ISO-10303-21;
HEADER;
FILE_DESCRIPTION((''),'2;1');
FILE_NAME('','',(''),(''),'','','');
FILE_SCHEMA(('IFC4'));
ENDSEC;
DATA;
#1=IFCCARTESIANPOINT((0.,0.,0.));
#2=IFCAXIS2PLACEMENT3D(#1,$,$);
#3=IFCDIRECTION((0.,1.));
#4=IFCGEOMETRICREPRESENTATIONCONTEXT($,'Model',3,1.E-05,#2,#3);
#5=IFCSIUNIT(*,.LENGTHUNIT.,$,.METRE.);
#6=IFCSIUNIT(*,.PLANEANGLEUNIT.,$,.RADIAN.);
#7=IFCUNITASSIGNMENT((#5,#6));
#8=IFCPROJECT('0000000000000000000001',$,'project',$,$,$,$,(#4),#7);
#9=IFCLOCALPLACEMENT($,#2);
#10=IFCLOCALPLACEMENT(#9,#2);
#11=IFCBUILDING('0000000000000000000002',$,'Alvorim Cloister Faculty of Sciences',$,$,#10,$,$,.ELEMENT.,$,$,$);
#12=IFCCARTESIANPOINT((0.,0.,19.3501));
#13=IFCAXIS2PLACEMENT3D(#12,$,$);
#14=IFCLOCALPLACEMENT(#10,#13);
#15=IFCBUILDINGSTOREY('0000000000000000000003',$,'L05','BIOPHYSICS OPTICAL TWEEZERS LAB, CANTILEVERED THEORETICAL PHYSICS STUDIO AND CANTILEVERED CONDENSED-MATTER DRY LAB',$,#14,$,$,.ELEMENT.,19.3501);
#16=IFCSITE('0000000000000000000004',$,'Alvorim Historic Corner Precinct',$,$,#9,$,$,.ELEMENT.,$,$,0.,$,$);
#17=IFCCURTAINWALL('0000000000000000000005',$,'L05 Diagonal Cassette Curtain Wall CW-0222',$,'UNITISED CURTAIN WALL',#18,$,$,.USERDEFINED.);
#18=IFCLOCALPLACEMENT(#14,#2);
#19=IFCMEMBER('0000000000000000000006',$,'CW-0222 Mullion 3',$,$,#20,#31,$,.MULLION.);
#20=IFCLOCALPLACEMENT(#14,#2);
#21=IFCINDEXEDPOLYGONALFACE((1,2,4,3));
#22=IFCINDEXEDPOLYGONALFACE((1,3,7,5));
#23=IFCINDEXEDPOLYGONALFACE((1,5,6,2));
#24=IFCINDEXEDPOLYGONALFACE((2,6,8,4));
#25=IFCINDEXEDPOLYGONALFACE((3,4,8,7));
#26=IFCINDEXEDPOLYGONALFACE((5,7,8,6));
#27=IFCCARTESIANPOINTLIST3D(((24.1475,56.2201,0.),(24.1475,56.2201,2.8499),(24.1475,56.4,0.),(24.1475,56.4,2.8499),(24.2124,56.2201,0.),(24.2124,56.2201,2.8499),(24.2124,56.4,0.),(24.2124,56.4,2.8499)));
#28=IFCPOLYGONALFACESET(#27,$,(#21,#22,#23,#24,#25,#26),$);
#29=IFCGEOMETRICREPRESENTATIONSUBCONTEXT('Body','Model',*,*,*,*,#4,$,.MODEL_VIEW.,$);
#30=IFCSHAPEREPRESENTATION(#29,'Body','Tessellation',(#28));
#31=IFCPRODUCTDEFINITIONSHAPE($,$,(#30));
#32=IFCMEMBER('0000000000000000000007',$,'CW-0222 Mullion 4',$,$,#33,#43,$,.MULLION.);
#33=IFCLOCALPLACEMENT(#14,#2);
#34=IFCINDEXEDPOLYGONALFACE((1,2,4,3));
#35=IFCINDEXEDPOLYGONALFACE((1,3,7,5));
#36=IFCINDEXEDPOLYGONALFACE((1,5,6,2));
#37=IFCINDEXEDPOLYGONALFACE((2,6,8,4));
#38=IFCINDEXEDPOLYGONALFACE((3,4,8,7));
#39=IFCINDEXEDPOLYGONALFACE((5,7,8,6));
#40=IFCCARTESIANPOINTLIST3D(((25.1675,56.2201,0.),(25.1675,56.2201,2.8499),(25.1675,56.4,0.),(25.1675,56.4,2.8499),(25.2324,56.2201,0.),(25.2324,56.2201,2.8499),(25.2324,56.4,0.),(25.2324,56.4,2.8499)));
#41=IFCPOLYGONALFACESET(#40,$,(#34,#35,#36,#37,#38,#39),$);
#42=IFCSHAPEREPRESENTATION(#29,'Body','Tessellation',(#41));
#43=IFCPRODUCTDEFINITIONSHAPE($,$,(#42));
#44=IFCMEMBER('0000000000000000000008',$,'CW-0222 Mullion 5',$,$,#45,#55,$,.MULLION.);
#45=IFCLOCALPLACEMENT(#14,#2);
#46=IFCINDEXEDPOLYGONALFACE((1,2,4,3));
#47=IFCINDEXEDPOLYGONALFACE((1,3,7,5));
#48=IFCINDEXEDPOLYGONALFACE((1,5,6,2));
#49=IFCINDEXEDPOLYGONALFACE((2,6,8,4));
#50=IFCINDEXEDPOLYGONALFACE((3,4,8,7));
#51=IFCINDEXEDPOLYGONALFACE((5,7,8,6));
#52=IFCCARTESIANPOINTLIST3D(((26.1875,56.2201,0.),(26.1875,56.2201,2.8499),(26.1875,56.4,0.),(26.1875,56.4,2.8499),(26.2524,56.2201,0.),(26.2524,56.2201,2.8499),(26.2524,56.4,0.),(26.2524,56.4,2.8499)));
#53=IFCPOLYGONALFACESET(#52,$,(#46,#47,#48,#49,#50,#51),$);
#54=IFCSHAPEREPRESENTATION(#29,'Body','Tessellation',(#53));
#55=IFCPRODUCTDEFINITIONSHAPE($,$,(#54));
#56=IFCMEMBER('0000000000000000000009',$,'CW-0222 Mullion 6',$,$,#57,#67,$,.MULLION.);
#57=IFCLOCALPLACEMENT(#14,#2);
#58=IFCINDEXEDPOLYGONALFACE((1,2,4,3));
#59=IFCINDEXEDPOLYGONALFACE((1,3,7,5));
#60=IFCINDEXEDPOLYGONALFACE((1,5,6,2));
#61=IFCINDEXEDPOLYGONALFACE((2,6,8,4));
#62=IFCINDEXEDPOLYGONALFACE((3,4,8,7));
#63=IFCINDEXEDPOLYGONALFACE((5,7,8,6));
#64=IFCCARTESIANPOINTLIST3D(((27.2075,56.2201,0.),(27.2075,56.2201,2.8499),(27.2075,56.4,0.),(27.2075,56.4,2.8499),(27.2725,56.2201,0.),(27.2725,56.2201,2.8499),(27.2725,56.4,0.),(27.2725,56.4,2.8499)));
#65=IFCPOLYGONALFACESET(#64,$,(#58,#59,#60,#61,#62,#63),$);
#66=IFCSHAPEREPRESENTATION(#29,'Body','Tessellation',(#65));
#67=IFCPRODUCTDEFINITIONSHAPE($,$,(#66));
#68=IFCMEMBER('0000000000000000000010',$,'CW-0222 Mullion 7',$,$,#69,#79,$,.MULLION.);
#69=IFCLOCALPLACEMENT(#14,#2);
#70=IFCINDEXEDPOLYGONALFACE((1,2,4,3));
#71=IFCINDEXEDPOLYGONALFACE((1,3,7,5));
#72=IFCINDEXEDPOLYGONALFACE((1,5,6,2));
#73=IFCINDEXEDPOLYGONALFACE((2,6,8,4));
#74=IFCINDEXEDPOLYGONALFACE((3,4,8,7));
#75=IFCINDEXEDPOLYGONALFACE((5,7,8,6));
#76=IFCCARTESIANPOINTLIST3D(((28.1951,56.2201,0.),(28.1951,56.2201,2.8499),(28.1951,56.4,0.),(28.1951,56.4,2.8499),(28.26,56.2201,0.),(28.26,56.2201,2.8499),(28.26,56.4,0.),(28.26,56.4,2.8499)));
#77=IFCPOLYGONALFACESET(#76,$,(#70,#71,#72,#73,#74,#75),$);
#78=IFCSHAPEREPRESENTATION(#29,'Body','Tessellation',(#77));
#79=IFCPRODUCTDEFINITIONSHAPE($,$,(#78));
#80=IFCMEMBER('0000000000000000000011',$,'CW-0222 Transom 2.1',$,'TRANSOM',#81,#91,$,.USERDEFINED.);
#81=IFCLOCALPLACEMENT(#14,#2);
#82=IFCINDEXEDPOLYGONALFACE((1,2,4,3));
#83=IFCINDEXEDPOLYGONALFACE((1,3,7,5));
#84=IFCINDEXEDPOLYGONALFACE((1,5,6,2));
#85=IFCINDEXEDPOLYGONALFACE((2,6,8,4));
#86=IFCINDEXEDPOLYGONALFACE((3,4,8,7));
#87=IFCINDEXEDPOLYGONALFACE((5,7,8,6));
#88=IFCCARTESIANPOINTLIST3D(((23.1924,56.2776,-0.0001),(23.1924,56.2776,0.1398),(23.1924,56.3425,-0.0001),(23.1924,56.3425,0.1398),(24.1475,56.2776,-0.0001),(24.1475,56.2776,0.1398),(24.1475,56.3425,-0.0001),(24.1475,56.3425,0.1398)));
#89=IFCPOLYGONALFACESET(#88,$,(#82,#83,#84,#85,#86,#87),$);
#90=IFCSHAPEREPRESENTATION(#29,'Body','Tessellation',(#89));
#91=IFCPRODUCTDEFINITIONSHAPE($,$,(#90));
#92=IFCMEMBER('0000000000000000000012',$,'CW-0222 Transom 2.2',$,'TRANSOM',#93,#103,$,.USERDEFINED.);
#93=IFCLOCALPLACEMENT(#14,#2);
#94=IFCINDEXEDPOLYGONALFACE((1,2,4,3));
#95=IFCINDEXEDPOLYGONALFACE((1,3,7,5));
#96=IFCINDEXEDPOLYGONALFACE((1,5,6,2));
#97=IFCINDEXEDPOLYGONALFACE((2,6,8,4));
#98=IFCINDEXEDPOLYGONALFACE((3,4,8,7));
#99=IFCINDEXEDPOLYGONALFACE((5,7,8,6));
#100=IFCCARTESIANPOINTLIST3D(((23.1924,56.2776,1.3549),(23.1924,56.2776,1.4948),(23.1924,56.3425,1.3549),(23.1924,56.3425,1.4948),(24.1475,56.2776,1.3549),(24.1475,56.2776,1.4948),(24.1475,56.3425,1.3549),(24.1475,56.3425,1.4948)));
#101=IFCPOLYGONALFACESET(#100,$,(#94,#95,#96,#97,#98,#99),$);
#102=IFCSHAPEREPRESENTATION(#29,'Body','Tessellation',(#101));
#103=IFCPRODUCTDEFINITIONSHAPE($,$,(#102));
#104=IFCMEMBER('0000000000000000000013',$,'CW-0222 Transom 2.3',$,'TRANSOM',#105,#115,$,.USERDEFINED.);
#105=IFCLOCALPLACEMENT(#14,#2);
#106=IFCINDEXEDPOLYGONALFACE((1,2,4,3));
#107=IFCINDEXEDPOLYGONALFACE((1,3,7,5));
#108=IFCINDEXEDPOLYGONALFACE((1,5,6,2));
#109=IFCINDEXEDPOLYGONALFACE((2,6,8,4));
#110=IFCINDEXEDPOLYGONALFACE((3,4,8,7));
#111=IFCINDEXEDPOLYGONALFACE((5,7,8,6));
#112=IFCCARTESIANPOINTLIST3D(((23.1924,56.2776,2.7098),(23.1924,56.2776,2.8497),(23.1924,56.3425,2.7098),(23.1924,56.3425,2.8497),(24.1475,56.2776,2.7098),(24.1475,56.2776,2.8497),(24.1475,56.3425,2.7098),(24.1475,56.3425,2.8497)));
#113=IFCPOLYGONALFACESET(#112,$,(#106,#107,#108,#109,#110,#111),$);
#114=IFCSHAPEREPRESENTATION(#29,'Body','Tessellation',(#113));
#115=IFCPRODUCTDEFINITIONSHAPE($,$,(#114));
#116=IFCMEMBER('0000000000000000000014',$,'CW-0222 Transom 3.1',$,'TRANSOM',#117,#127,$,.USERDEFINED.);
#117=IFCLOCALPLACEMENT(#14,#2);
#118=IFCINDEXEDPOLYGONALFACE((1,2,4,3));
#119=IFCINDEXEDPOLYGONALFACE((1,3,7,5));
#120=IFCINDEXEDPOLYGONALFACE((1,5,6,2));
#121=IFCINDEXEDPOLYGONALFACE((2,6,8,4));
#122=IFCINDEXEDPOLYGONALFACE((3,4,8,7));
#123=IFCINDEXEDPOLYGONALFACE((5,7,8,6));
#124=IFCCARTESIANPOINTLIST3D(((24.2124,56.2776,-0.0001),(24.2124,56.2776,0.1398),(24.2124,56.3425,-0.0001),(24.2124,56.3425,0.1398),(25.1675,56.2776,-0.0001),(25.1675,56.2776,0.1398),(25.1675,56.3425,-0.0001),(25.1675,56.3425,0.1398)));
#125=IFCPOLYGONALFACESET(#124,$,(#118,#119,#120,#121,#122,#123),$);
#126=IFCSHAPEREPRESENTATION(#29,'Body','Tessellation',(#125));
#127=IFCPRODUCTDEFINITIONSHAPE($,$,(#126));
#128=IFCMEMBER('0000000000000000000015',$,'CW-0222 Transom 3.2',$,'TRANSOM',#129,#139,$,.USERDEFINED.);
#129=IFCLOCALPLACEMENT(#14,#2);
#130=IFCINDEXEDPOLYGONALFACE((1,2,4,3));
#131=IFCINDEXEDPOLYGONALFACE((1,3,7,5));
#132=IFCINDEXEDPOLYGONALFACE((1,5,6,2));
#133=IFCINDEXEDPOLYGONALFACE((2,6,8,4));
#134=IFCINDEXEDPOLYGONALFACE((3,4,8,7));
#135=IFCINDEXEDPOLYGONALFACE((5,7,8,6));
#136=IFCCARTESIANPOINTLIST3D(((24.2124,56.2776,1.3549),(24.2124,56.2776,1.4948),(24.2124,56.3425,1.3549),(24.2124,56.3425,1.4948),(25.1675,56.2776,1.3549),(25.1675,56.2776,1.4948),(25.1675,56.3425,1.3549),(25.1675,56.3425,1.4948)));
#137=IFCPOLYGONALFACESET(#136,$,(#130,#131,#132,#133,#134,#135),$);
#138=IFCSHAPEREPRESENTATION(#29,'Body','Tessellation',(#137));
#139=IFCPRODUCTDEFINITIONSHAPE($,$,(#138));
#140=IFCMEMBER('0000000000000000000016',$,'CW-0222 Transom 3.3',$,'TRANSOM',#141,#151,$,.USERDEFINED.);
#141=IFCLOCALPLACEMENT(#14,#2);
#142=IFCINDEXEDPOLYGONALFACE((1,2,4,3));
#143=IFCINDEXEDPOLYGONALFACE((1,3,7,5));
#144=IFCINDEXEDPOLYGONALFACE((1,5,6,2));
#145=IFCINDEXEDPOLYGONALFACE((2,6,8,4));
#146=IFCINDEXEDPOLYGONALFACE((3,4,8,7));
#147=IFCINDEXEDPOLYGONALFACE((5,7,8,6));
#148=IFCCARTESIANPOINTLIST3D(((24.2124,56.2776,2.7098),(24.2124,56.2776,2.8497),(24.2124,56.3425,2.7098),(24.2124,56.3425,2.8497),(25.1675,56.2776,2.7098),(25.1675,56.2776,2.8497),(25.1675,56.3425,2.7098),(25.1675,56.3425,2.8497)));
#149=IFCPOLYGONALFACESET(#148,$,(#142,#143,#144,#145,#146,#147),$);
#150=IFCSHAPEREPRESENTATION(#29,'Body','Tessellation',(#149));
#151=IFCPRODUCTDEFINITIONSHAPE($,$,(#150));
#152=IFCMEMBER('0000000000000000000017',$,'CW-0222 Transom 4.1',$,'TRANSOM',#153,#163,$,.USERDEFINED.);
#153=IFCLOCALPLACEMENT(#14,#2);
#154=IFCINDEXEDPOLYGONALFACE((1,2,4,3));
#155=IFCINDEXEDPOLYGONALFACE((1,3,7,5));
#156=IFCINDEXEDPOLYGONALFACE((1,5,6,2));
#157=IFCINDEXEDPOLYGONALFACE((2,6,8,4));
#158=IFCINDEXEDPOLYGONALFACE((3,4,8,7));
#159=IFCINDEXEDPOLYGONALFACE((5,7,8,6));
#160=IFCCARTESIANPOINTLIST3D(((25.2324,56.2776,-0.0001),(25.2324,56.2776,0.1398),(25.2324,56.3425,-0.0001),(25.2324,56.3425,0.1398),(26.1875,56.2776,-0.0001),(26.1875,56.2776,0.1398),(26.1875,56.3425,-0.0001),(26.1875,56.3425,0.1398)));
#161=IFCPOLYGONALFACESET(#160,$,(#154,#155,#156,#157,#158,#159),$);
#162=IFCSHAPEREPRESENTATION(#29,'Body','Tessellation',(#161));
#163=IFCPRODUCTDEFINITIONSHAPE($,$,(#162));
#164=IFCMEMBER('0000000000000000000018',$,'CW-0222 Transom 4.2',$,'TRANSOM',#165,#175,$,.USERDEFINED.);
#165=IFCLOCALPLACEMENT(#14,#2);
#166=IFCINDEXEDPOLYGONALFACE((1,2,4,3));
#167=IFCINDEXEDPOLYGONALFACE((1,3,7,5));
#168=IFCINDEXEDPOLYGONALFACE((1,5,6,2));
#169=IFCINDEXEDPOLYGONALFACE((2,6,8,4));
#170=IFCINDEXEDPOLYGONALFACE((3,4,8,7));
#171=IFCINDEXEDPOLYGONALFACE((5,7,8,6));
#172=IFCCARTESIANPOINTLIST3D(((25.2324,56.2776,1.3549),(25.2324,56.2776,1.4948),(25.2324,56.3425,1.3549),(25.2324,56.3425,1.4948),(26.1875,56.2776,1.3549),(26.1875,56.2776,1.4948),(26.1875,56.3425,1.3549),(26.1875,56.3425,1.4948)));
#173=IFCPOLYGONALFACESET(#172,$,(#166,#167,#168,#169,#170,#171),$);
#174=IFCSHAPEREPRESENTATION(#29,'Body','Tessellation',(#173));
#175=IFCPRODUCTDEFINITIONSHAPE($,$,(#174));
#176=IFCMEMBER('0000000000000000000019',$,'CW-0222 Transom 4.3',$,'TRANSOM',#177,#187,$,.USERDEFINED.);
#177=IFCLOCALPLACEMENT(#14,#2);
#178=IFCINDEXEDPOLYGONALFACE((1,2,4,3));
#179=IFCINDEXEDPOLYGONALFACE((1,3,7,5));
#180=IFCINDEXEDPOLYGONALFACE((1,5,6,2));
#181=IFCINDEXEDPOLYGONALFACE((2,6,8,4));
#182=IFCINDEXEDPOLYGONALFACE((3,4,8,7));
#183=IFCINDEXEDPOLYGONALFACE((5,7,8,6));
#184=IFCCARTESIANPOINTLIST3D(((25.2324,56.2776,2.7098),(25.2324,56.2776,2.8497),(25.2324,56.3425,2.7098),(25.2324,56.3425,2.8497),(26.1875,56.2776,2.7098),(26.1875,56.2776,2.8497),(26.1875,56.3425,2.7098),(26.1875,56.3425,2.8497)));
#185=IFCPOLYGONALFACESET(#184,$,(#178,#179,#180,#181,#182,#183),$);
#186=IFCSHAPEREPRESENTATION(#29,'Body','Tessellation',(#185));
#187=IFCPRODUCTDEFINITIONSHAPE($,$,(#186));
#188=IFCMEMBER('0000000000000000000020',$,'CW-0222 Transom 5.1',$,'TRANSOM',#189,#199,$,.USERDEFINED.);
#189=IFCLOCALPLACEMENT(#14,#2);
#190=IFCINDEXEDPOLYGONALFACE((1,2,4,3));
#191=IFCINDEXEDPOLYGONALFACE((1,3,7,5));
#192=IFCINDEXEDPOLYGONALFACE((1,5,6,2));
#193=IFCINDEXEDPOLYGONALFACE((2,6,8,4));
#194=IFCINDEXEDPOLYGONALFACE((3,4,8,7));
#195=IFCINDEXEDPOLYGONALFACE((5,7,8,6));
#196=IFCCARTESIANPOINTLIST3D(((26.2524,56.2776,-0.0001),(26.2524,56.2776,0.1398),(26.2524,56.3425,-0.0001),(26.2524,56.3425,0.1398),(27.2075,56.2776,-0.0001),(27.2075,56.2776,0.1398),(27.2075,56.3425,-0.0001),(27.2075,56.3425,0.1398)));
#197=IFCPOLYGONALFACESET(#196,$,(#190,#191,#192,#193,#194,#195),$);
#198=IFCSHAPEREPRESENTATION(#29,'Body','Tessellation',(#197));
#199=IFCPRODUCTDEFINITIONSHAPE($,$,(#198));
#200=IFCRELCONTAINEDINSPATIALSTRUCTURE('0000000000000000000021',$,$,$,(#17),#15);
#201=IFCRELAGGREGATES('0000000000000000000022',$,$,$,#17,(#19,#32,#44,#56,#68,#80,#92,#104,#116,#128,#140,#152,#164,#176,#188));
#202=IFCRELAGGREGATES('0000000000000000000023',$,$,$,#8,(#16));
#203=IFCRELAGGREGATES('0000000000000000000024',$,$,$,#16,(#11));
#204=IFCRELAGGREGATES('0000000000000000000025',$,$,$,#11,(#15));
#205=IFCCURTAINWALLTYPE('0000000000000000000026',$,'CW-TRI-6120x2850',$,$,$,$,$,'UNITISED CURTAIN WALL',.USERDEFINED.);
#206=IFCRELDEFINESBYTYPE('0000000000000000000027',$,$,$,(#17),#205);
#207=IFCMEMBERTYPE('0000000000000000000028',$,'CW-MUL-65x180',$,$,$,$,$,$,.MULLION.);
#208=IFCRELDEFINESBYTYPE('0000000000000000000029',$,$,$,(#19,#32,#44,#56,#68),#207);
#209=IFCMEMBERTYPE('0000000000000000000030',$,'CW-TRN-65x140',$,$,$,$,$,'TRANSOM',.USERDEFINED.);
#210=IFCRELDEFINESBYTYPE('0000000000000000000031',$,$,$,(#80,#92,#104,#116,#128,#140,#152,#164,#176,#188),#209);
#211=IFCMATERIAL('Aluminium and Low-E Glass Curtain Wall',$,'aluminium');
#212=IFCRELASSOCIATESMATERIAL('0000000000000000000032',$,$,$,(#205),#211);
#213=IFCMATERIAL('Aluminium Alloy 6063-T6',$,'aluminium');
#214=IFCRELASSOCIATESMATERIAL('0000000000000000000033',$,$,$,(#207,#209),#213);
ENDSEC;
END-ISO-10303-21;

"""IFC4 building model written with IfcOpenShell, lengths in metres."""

from ifc_helpers import new_model, si_unit, direction, frame, origin, origin_2d, place, context, subcontext, project, spatial, rectangle, extrude, material, material_profile, profile_set, type_object, element, aggregate, save


model = new_model("IFC4")

# Units and contexts
model_context = context("Model", 3, precision=1e-05, world=origin(), true_north=direction((0.0, 1.0)))
body_context = subcontext(model_context, "Body", "Model", "MODEL_VIEW")
ifc_project = project(units=[si_unit("LENGTHUNIT", "METRE"), si_unit("PLANEANGLEUNIT", "RADIAN")], contexts=[model_context])

# Site, building, storey
site_placement = place(None, origin())
site = spatial("IfcSite", under=ifc_project, at=site_placement, Name="Alvorim Historic Corner Precinct", CompositionType="ELEMENT", RefElevation=0.0)
building_placement = place(site_placement, origin())
building = spatial("IfcBuilding", under=site, at=building_placement, Name="Alvorim Cloister Faculty of Sciences", CompositionType="ELEMENT")
storey_placement = place(building_placement, frame((0.0, 0.0, 19.3501)))
storey = spatial("IfcBuildingStorey", under=building, at=storey_placement, Name="L05", Description="BIOPHYSICS OPTICAL TWEEZERS LAB, CANTILEVERED THEORETICAL PHYSICS STUDIO AND CANTILEVERED CONDENSED-MATTER DRY LAB", CompositionType="ELEMENT", Elevation=19.3501)

# Curtain wall, members
ifc_material_1 = material(Name="Aluminium and Low-E Glass Curtain Wall", Category="aluminium")
curtain_wall_type = type_object("IfcCurtainWallType", Name="CW-TRI-6120x2850", ElementType="UNITISED CURTAIN WALL", PredefinedType="USERDEFINED", material=ifc_material_1)
curtain_wall_placement = place(storey_placement, origin())
curtain_wall = element("IfcCurtainWall", 1, at=curtain_wall_placement, inside=storey, type_object=curtain_wall_type, Name="L05 Diagonal Cassette Curtain Wall CW-0222", ObjectType="UNITISED CURTAIN WALL", PredefinedType="USERDEFINED")
ifc_material_2 = material(Name="Aluminium Alloy 6063-T6", Category="aluminium")
ifc_material_profile_1 = material_profile(ifc_material_2, rectangle(XDim=0.0649, YDim=0.1799, at=origin_2d()), Name="ALU-MUL-65x180")
ifc_profile_set_1 = profile_set([ifc_material_profile_1], Name="Aluminium Alloy 6063-T6")
member_type_1 = type_object("IfcMemberType", Name="CW-MUL-65x180", PredefinedType="MULLION", material=ifc_profile_set_1)
member_1_placement = place(storey_placement, frame((24.1799, 56.3101, 0.0), z_axis=(0.0, 0.0, 1.0), x_axis=(1.0, 0.0, 0.0)))
member_1 = element("IfcMember", 2, at=member_1_placement, type_object=member_type_1, Name="CW-0222 Mullion 3", PredefinedType="MULLION", context=body_context, shape_type="SweptSolid", body=[
    extrude(rectangle(XDim=0.0649, YDim=0.1799, at=origin_2d()), origin(), (0.0, 0.0, 1.0), 2.8499),
])
member_2_placement = place(storey_placement, frame((25.2, 56.3101, 0.0), z_axis=(0.0, 0.0, 1.0), x_axis=(1.0, 0.0, 0.0)))
member_2 = element("IfcMember", 3, at=member_2_placement, type_object=member_type_1, Name="CW-0222 Mullion 4", PredefinedType="MULLION", context=body_context, shape_type="SweptSolid", body=[
    extrude(rectangle(XDim=0.0649, YDim=0.1799, at=origin_2d()), origin(), (0.0, 0.0, 1.0), 2.8499),
])
member_3_placement = place(storey_placement, frame((26.22, 56.3101, 0.0), z_axis=(0.0, 0.0, 1.0), x_axis=(1.0, 0.0, 0.0)))
member_3 = element("IfcMember", 4, at=member_3_placement, type_object=member_type_1, Name="CW-0222 Mullion 5", PredefinedType="MULLION", context=body_context, shape_type="SweptSolid", body=[
    extrude(rectangle(XDim=0.0649, YDim=0.1799, at=origin_2d()), origin(), (0.0, 0.0, 1.0), 2.8499),
])
member_4_placement = place(storey_placement, frame((27.24, 56.3101, 0.0), z_axis=(0.0, 0.0, 1.0), x_axis=(1.0, 0.0, 0.0)))
member_4 = element("IfcMember", 5, at=member_4_placement, type_object=member_type_1, Name="CW-0222 Mullion 6", PredefinedType="MULLION", context=body_context, shape_type="SweptSolid", body=[
    extrude(rectangle(XDim=0.0649, YDim=0.1799, at=origin_2d()), origin(), (0.0, 0.0, 1.0), 2.8499),
])
member_5_placement = place(storey_placement, frame((28.2275, 56.3101, 0.0), z_axis=(0.0, 0.0, 1.0), x_axis=(1.0, 0.0, 0.0)))
member_5 = element("IfcMember", 6, at=member_5_placement, type_object=member_type_1, Name="CW-0222 Mullion 7", PredefinedType="MULLION", context=body_context, shape_type="SweptSolid", body=[
    extrude(rectangle(XDim=0.0649, YDim=0.1799, at=origin_2d()), origin(), (0.0, 0.0, 1.0), 2.8499),
])
ifc_material_profile_2 = material_profile(ifc_material_2, rectangle(XDim=0.0649, YDim=0.1399, at=origin_2d()), Name="ALU-TRN-65x140")
ifc_profile_set_2 = profile_set([ifc_material_profile_2], Name="Aluminium Alloy 6063-T6")
member_type_2 = type_object("IfcMemberType", Name="CW-TRN-65x140", ElementType="TRANSOM", PredefinedType="USERDEFINED", material=ifc_profile_set_2)
member_6_placement = place(storey_placement, frame((23.1924, 56.3101, 0.0698), z_axis=(1.0, 0.0, 0.0), x_axis=(0.0, 1.0, 0.0)))
member_6 = element("IfcMember", 7, at=member_6_placement, type_object=member_type_2, Name="CW-0222 Transom 2.1", ObjectType="TRANSOM", PredefinedType="USERDEFINED", context=body_context, shape_type="SweptSolid", body=[
    extrude(rectangle(XDim=0.0649, YDim=0.1399, at=origin_2d()), origin(), (0.0, 0.0, 1.0), 0.9551),
])
member_7_placement = place(storey_placement, frame((23.1924, 56.3101, 1.4248), z_axis=(1.0, 0.0, 0.0), x_axis=(0.0, 1.0, 0.0)))
member_7 = element("IfcMember", 8, at=member_7_placement, type_object=member_type_2, Name="CW-0222 Transom 2.2", ObjectType="TRANSOM", PredefinedType="USERDEFINED", context=body_context, shape_type="SweptSolid", body=[
    extrude(rectangle(XDim=0.0649, YDim=0.1399, at=origin_2d()), origin(), (0.0, 0.0, 1.0), 0.9551),
])
member_8_placement = place(storey_placement, frame((23.1924, 56.3101, 2.7798), z_axis=(1.0, 0.0, 0.0), x_axis=(0.0, 1.0, 0.0)))
member_8 = element("IfcMember", 9, at=member_8_placement, type_object=member_type_2, Name="CW-0222 Transom 2.3", ObjectType="TRANSOM", PredefinedType="USERDEFINED", context=body_context, shape_type="SweptSolid", body=[
    extrude(rectangle(XDim=0.0649, YDim=0.1399, at=origin_2d()), origin(), (0.0, 0.0, 1.0), 0.9551),
])
member_9_placement = place(storey_placement, frame((24.2124, 56.3101, 0.0698), z_axis=(1.0, 0.0, 0.0), x_axis=(0.0, 1.0, 0.0)))
member_9 = element("IfcMember", 10, at=member_9_placement, type_object=member_type_2, Name="CW-0222 Transom 3.1", ObjectType="TRANSOM", PredefinedType="USERDEFINED", context=body_context, shape_type="SweptSolid", body=[
    extrude(rectangle(XDim=0.0649, YDim=0.1399, at=origin_2d()), origin(), (0.0, 0.0, 1.0), 0.9551),
])
member_10_placement = place(storey_placement, frame((24.2124, 56.3101, 1.4248), z_axis=(1.0, 0.0, 0.0), x_axis=(0.0, 1.0, 0.0)))
member_10 = element("IfcMember", 11, at=member_10_placement, type_object=member_type_2, Name="CW-0222 Transom 3.2", ObjectType="TRANSOM", PredefinedType="USERDEFINED", context=body_context, shape_type="SweptSolid", body=[
    extrude(rectangle(XDim=0.0649, YDim=0.1399, at=origin_2d()), origin(), (0.0, 0.0, 1.0), 0.9551),
])
member_11_placement = place(storey_placement, frame((24.2124, 56.3101, 2.7798), z_axis=(1.0, 0.0, 0.0), x_axis=(0.0, 1.0, 0.0)))
member_11 = element("IfcMember", 12, at=member_11_placement, type_object=member_type_2, Name="CW-0222 Transom 3.3", ObjectType="TRANSOM", PredefinedType="USERDEFINED", context=body_context, shape_type="SweptSolid", body=[
    extrude(rectangle(XDim=0.0649, YDim=0.1399, at=origin_2d()), origin(), (0.0, 0.0, 1.0), 0.9551),
])
member_12_placement = place(storey_placement, frame((25.2324, 56.3101, 0.0698), z_axis=(1.0, 0.0, 0.0), x_axis=(0.0, 1.0, 0.0)))
member_12 = element("IfcMember", 13, at=member_12_placement, type_object=member_type_2, Name="CW-0222 Transom 4.1", ObjectType="TRANSOM", PredefinedType="USERDEFINED", context=body_context, shape_type="SweptSolid", body=[
    extrude(rectangle(XDim=0.0649, YDim=0.1399, at=origin_2d()), origin(), (0.0, 0.0, 1.0), 0.9551),
])
member_13_placement = place(storey_placement, frame((25.2324, 56.3101, 1.4248), z_axis=(1.0, 0.0, 0.0), x_axis=(0.0, 1.0, 0.0)))
member_13 = element("IfcMember", 14, at=member_13_placement, type_object=member_type_2, Name="CW-0222 Transom 4.2", ObjectType="TRANSOM", PredefinedType="USERDEFINED", context=body_context, shape_type="SweptSolid", body=[
    extrude(rectangle(XDim=0.0649, YDim=0.1399, at=origin_2d()), origin(), (0.0, 0.0, 1.0), 0.9551),
])
member_14_placement = place(storey_placement, frame((25.2324, 56.3101, 2.7798), z_axis=(1.0, 0.0, 0.0), x_axis=(0.0, 1.0, 0.0)))
member_14 = element("IfcMember", 15, at=member_14_placement, type_object=member_type_2, Name="CW-0222 Transom 4.3", ObjectType="TRANSOM", PredefinedType="USERDEFINED", context=body_context, shape_type="SweptSolid", body=[
    extrude(rectangle(XDim=0.0649, YDim=0.1399, at=origin_2d()), origin(), (0.0, 0.0, 1.0), 0.9551),
])
member_15_placement = place(storey_placement, frame((26.2524, 56.3101, 0.0698), z_axis=(1.0, 0.0, 0.0), x_axis=(0.0, 1.0, 0.0)))
member_15 = element("IfcMember", 16, at=member_15_placement, type_object=member_type_2, Name="CW-0222 Transom 5.1", ObjectType="TRANSOM", PredefinedType="USERDEFINED", context=body_context, shape_type="SweptSolid", body=[
    extrude(rectangle(XDim=0.0649, YDim=0.1399, at=origin_2d()), origin(), (0.0, 0.0, 1.0), 0.9551),
])
aggregate(curtain_wall, [member_1, member_2, member_3, member_4, member_5, member_6, member_7, member_8, member_9, member_10, member_11, member_12, member_13, member_14, member_15])

save(model, "model.ifc")
